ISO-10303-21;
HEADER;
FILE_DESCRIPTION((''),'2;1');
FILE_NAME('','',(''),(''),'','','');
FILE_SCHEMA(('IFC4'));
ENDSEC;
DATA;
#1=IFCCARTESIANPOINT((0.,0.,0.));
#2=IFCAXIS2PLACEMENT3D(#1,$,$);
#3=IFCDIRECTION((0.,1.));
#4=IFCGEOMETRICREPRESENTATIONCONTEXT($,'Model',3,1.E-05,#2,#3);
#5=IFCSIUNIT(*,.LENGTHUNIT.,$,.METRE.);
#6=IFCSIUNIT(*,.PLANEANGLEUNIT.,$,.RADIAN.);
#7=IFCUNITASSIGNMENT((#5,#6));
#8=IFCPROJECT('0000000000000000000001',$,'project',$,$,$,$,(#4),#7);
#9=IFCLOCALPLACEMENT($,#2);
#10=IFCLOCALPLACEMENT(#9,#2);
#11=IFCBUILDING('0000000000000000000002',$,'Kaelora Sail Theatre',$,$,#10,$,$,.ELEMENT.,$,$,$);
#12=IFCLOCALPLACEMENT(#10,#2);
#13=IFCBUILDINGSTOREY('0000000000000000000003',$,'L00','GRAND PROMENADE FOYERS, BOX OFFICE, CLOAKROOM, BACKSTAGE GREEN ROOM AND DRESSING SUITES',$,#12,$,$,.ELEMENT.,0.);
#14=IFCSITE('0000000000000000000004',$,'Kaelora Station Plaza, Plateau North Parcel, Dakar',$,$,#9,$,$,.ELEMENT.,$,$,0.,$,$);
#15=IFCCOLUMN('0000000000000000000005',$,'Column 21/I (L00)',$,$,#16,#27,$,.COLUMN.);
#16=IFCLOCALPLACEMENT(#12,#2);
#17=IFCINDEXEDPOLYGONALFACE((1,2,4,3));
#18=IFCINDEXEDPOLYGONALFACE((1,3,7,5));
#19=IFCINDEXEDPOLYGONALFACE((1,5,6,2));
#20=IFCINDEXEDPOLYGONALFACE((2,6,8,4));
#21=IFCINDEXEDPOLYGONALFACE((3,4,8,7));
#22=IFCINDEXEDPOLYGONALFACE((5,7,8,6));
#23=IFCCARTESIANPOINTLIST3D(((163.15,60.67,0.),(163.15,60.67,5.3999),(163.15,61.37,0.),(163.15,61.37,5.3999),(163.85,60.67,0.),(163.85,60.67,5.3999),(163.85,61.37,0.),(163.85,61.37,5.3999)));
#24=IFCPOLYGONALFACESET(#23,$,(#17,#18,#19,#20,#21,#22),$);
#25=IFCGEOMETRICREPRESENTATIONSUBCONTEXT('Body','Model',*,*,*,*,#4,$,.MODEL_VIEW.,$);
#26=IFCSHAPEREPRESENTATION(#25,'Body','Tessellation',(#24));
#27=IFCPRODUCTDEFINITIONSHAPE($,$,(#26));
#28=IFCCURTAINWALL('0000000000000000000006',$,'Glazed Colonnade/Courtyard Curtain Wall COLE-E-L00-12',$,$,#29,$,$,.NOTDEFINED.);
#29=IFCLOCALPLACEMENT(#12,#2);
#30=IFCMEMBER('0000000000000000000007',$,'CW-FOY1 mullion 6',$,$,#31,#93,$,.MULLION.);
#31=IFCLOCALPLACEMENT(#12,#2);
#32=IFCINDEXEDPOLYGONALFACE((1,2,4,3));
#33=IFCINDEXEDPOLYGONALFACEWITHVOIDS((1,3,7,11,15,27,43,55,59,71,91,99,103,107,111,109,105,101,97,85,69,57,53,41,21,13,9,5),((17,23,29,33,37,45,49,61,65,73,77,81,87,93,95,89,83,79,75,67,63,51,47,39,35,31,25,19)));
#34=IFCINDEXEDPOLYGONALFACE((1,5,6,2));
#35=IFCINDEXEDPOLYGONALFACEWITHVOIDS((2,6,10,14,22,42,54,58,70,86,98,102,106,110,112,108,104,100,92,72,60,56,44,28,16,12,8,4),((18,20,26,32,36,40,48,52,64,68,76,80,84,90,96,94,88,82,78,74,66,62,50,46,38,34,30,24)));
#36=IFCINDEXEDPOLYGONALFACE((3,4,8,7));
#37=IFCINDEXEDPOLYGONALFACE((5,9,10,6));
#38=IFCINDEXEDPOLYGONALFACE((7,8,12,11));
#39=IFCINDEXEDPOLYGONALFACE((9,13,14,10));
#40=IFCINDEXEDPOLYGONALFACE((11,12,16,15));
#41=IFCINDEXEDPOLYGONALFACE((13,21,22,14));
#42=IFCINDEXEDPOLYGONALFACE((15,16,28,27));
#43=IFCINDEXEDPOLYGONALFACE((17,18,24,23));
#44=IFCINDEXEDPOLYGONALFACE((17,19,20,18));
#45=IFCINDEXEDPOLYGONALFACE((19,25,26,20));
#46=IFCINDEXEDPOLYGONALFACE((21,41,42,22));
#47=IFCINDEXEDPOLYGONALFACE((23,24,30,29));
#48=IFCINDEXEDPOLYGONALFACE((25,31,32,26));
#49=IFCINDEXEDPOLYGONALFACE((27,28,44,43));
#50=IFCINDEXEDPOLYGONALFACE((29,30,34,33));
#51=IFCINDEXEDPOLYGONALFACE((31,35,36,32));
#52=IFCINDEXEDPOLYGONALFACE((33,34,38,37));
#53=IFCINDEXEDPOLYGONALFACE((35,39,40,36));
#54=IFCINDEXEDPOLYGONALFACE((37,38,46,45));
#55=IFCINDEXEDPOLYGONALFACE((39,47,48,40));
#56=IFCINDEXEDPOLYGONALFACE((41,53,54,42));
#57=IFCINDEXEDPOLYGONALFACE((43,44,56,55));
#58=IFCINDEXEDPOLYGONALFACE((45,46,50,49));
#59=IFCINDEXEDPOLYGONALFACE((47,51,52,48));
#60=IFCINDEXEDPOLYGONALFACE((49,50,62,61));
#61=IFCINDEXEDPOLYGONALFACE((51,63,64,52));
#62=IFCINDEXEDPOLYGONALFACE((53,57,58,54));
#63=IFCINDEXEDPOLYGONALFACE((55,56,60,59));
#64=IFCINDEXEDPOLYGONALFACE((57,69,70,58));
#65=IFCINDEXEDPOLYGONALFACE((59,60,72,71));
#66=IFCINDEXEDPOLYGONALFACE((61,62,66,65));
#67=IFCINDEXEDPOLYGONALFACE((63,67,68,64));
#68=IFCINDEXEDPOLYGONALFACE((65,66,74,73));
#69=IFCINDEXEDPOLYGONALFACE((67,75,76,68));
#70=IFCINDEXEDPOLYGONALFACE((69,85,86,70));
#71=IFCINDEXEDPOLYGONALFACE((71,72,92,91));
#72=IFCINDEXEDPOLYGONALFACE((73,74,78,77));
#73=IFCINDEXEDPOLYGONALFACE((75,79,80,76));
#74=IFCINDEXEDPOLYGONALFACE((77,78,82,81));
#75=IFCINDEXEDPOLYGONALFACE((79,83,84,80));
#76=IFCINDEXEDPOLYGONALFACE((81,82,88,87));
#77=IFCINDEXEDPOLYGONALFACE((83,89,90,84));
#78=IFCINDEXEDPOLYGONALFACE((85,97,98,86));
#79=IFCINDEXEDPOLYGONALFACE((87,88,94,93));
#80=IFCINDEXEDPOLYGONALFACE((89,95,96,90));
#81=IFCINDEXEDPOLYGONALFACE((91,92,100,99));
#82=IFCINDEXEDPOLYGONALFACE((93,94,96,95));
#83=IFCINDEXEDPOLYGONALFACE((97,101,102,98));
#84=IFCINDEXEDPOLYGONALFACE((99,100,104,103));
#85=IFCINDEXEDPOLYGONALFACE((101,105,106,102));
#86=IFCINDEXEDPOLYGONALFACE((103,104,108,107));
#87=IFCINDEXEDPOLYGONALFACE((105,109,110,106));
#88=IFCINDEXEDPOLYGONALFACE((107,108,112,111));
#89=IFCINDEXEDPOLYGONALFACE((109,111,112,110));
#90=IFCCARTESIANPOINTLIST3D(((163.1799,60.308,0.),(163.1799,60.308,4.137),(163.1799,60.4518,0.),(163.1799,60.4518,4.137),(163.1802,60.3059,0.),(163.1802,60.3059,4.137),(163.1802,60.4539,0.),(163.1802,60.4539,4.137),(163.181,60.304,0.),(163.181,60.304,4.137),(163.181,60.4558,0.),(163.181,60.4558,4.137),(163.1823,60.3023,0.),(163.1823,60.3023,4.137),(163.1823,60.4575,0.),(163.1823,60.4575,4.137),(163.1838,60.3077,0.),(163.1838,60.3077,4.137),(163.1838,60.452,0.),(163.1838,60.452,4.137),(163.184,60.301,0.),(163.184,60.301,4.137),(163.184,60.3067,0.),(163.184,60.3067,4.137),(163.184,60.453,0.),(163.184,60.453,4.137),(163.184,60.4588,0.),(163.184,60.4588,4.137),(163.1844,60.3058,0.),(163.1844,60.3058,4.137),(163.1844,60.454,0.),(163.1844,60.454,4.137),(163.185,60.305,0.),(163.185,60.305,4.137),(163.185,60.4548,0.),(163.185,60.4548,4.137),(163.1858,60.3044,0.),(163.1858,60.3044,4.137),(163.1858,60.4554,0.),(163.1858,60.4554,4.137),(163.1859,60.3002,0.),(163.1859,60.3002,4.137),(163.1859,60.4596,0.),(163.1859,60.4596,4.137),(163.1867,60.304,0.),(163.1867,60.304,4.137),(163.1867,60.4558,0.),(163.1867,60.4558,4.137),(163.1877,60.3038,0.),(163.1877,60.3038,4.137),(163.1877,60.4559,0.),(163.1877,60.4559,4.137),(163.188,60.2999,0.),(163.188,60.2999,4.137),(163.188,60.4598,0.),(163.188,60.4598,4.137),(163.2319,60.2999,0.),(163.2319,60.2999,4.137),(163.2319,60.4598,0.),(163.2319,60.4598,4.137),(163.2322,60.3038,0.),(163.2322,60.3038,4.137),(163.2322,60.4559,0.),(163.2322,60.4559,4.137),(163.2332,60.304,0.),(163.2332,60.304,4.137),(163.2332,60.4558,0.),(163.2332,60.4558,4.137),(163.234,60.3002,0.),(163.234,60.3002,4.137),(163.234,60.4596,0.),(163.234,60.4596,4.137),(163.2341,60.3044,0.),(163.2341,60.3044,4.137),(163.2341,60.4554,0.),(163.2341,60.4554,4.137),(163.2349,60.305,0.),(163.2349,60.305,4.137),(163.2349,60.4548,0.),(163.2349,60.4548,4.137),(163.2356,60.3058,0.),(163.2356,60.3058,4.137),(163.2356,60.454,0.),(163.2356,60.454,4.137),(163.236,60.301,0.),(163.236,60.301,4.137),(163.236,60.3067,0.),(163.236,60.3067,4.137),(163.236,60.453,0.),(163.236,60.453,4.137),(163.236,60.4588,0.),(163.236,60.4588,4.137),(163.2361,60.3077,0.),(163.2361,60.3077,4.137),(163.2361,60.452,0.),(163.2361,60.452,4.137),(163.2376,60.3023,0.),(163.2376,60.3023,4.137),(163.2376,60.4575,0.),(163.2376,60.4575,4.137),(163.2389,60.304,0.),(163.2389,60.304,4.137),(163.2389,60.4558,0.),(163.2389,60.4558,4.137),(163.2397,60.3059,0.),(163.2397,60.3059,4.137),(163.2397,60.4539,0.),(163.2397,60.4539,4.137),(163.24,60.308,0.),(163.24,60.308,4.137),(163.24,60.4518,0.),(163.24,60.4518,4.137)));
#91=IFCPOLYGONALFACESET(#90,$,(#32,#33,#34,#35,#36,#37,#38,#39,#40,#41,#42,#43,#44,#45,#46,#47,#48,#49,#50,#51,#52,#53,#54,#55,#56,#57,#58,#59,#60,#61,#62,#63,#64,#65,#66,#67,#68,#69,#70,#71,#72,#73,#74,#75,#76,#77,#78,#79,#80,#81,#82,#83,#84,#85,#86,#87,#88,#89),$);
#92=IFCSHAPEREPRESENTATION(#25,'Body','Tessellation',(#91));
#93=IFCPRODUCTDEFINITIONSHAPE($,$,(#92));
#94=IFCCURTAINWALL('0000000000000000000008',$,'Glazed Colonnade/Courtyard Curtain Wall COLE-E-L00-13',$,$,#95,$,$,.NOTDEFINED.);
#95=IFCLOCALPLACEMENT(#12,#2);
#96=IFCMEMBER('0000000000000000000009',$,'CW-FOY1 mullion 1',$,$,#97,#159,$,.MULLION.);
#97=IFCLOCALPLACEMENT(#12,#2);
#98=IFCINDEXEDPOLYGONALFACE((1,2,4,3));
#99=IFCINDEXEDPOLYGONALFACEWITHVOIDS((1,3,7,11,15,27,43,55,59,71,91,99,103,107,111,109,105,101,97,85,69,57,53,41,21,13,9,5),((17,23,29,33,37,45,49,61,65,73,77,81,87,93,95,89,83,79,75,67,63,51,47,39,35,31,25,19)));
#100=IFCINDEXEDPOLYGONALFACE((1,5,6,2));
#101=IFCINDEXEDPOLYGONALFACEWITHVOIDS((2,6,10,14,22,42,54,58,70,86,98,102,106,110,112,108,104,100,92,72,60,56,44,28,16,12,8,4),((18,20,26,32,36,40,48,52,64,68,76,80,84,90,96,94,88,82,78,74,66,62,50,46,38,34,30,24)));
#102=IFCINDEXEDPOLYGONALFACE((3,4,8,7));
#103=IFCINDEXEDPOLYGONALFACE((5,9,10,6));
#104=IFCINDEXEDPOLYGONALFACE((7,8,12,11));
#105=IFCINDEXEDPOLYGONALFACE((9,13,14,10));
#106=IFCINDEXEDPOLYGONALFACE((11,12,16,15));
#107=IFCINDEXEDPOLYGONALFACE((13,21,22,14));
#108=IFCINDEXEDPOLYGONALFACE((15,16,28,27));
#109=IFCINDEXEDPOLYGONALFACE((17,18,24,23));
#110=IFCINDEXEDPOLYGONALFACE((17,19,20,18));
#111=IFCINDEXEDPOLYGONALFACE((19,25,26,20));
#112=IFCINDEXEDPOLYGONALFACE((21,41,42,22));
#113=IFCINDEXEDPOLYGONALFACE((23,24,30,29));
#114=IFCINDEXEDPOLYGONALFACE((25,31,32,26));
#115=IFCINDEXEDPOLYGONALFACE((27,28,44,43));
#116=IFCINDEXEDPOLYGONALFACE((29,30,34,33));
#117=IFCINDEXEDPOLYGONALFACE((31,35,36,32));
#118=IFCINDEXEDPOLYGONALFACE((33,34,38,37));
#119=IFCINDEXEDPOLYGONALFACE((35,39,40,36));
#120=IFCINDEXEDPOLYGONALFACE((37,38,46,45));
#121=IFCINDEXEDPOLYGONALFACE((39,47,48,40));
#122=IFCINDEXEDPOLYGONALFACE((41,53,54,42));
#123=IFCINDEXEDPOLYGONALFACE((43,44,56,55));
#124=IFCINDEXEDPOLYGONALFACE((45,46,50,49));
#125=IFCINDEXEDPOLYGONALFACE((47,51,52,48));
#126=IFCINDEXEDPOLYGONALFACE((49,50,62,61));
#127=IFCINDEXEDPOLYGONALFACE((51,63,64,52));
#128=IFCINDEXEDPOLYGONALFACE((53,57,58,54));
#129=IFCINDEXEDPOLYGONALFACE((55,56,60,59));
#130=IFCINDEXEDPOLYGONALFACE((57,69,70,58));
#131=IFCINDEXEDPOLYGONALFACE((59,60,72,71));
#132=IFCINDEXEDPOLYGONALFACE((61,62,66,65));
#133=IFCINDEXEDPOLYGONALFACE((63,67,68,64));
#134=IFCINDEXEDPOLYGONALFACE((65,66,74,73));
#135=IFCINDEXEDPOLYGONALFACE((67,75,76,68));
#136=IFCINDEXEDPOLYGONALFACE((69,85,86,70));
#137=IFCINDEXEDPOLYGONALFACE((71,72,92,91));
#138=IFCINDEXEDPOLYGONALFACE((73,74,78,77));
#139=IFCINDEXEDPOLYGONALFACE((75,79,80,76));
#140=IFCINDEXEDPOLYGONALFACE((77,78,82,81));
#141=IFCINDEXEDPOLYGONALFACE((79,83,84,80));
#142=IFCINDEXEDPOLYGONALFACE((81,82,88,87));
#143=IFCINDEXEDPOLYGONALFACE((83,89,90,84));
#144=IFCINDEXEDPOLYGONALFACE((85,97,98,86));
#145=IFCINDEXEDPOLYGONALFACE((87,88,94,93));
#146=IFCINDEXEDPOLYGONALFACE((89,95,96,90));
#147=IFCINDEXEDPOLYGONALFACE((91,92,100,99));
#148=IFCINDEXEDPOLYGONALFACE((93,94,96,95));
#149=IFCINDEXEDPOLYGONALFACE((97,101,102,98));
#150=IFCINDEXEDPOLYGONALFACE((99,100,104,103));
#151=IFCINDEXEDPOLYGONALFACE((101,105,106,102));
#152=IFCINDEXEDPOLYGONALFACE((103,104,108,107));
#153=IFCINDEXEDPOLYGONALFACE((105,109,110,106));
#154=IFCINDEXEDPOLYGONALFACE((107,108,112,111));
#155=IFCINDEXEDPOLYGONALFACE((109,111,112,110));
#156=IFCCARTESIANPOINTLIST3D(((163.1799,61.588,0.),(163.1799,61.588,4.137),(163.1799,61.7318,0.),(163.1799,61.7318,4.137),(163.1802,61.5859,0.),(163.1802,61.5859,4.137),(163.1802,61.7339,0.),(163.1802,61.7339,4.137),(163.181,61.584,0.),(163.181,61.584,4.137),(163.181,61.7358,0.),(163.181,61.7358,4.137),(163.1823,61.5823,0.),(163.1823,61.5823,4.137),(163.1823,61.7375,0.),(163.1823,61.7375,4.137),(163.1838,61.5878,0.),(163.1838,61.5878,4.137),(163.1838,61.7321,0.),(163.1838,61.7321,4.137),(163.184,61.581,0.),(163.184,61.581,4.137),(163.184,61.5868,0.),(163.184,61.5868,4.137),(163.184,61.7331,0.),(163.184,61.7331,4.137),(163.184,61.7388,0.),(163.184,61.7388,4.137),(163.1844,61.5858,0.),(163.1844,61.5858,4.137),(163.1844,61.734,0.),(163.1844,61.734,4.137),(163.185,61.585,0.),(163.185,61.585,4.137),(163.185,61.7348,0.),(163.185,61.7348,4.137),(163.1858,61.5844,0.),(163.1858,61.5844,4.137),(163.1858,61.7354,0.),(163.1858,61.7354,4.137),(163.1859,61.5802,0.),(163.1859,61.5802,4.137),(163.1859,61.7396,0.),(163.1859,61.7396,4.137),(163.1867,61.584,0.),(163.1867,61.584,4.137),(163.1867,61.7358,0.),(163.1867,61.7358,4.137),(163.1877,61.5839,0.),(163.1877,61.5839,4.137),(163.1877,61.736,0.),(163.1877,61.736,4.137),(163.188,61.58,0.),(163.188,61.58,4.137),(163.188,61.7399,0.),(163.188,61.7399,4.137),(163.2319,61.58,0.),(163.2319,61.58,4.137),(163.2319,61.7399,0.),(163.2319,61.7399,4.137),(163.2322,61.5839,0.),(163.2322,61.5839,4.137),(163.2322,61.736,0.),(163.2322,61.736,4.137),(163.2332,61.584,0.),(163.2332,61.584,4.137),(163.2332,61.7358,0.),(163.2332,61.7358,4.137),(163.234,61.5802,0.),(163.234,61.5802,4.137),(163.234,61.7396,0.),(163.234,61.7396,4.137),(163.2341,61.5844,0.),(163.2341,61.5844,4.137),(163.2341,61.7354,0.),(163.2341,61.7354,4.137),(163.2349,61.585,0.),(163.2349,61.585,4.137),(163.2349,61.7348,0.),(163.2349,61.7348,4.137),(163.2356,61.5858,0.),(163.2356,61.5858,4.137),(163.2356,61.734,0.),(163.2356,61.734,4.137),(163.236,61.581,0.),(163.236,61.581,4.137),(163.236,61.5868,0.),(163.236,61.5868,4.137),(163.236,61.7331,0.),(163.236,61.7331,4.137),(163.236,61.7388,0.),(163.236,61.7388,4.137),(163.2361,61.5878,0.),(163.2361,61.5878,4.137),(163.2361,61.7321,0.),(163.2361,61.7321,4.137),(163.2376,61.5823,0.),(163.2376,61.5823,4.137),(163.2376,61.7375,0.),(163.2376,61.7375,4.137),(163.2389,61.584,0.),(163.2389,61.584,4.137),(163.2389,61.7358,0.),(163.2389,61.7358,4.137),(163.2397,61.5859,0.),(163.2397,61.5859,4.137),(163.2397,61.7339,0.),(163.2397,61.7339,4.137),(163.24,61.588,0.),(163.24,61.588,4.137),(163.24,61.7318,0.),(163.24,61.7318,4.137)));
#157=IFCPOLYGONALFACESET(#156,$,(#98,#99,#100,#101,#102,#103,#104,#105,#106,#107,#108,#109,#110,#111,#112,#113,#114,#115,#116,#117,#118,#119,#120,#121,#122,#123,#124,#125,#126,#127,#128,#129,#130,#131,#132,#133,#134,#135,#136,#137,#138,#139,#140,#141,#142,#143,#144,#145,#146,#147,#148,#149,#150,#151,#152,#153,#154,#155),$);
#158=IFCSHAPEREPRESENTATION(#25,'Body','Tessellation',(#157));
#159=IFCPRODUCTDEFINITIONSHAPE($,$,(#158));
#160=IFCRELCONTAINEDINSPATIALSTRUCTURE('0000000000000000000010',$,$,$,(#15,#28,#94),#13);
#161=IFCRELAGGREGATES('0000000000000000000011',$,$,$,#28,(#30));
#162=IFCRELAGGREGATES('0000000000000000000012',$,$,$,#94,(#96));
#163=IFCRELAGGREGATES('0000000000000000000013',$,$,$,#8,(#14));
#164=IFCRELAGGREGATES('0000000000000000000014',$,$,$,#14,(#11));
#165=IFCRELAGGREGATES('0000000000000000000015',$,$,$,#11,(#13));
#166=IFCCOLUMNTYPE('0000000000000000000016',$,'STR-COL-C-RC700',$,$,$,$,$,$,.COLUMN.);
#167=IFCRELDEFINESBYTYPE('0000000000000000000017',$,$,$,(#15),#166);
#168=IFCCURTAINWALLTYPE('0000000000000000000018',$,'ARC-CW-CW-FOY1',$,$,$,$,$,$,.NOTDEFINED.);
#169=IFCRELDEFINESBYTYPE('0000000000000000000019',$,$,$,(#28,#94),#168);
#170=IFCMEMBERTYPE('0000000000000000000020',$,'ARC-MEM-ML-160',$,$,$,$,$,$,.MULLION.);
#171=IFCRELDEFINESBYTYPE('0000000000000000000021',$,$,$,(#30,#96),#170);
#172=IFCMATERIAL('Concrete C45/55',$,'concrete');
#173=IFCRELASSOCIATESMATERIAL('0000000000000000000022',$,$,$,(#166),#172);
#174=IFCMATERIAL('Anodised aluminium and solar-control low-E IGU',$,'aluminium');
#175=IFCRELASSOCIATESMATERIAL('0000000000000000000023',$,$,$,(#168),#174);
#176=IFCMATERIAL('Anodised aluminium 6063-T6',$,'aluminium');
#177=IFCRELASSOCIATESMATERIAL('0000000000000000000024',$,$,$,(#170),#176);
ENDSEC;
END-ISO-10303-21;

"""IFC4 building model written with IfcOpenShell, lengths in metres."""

from ifc_helpers import new_model, si_unit, direction, frame, origin, origin_2d, place, context, subcontext, project, spatial, rectangle, hollow_rectangle, extrude, material, material_profile, profile_set, type_object, element, aggregate, save


model = new_model("IFC4")

# Units and contexts
model_context = context("Model", 3, precision=1e-05, world=origin(), true_north=direction((0.0, 1.0)))
body_context = subcontext(model_context, "Body", "Model", "MODEL_VIEW")
ifc_project = project(units=[si_unit("LENGTHUNIT", "METRE"), si_unit("PLANEANGLEUNIT", "RADIAN")], contexts=[model_context])

# Site, building, storey
site_placement = place(None, origin())
site = spatial("IfcSite", under=ifc_project, at=site_placement, Name="Kaelora Station Plaza, Plateau North Parcel, Dakar", CompositionType="ELEMENT", RefElevation=0.0)
building_placement = place(site_placement, origin())
building = spatial("IfcBuilding", under=site, at=building_placement, Name="Kaelora Sail Theatre", CompositionType="ELEMENT")
storey_placement = place(building_placement, origin())
storey = spatial("IfcBuildingStorey", under=building, at=storey_placement, Name="L00", Description="GRAND PROMENADE FOYERS, BOX OFFICE, CLOAKROOM, BACKSTAGE GREEN ROOM AND DRESSING SUITES", CompositionType="ELEMENT", Elevation=0.0)

# Column
ifc_material_1 = material(Name="Concrete C45/55", Category="concrete")
ifc_material_profile_1 = material_profile(ifc_material_1, rectangle(XDim=0.7, YDim=0.7, at=origin_2d()), Name="RC-COL 700x700")
ifc_profile_set_1 = profile_set([ifc_material_profile_1], Name="Concrete C45/55")
column_type = type_object("IfcColumnType", Name="STR-COL-C-RC700", PredefinedType="COLUMN", material=ifc_profile_set_1)
column_placement = place(storey_placement, frame((163.5, 61.02, 0.0), z_axis=(0.0, 0.0, 1.0), x_axis=(1.0, 0.0, 0.0)))
element("IfcColumn", 1, at=column_placement, inside=storey, type_object=column_type, Name="Column 21/I (L00)", PredefinedType="COLUMN", context=body_context, shape_type="SweptSolid", body=[
    extrude(rectangle(XDim=0.7, YDim=0.7, at=origin_2d()), origin(), (0.0, 0.0, 1.0), 5.3999),
])

# Curtain wall, member
ifc_material_2 = material(Name="Anodised aluminium and solar-control low-E IGU", Category="aluminium")
curtain_wall_type = type_object("IfcCurtainWallType", Name="ARC-CW-CW-FOY1", PredefinedType="NOTDEFINED", material=ifc_material_2)
curtain_wall_1_placement = place(storey_placement, origin())
curtain_wall_1 = element("IfcCurtainWall", 2, at=curtain_wall_1_placement, inside=storey, type_object=curtain_wall_type, Name="Glazed Colonnade/Courtyard Curtain Wall COLE-E-L00-12", PredefinedType="NOTDEFINED")
ifc_material_3 = material(Name="Anodised aluminium 6063-T6", Category="aluminium")
ifc_material_profile_2 = material_profile(ifc_material_3, hollow_rectangle(XDim=0.0601, YDim=0.1599, WallThickness=0.0039, InnerFilletRadius=0.0039, OuterFilletRadius=0.0081, at=origin_2d()), Name="ALU-MULL 60x160x4")
ifc_profile_set_2 = profile_set([ifc_material_profile_2], Name="Anodised aluminium 6063-T6")
member_type_1 = type_object("IfcMemberType", Name="ARC-MEM-ML-160", PredefinedType="MULLION", material=ifc_profile_set_2)
member_1_placement = place(storey_placement, frame((163.21, 60.3799, 0.0), z_axis=(0.0, 0.0, 1.0), x_axis=(-1.0, 0.0, 0.0)))
member_1 = element("IfcMember", 3, at=member_1_placement, type_object=member_type_1, Name="CW-FOY1 mullion 6", PredefinedType="MULLION", context=body_context, shape_type="SweptSolid", body=[
    extrude(hollow_rectangle(XDim=0.0601, YDim=0.1599, WallThickness=0.0039, InnerFilletRadius=0.0039, OuterFilletRadius=0.0081, at=origin_2d()), origin(), (0.0, 0.0, 1.0), 4.137),
])

# Curtain wall, member
curtain_wall_2_placement = place(storey_placement, origin())
curtain_wall_2 = element("IfcCurtainWall", 4, at=curtain_wall_2_placement, inside=storey, type_object=curtain_wall_type, Name="Glazed Colonnade/Courtyard Curtain Wall COLE-E-L00-13", PredefinedType="NOTDEFINED")
member_2_placement = place(storey_placement, frame((163.21, 61.6599, 0.0), z_axis=(0.0, 0.0, 1.0), x_axis=(-1.0, 0.0, 0.0)))
member_2 = element("IfcMember", 5, at=member_2_placement, type_object=member_type_1, Name="CW-FOY1 mullion 1", PredefinedType="MULLION", context=body_context, shape_type="SweptSolid", body=[
    extrude(hollow_rectangle(XDim=0.0601, YDim=0.1599, WallThickness=0.0039, InnerFilletRadius=0.0039, OuterFilletRadius=0.0081, at=origin_2d()), origin(), (0.0, 0.0, 1.0), 4.137),
])

aggregate(curtain_wall_1, [member_1])
aggregate(curtain_wall_2, [member_2])

save(model, "model.ifc")
